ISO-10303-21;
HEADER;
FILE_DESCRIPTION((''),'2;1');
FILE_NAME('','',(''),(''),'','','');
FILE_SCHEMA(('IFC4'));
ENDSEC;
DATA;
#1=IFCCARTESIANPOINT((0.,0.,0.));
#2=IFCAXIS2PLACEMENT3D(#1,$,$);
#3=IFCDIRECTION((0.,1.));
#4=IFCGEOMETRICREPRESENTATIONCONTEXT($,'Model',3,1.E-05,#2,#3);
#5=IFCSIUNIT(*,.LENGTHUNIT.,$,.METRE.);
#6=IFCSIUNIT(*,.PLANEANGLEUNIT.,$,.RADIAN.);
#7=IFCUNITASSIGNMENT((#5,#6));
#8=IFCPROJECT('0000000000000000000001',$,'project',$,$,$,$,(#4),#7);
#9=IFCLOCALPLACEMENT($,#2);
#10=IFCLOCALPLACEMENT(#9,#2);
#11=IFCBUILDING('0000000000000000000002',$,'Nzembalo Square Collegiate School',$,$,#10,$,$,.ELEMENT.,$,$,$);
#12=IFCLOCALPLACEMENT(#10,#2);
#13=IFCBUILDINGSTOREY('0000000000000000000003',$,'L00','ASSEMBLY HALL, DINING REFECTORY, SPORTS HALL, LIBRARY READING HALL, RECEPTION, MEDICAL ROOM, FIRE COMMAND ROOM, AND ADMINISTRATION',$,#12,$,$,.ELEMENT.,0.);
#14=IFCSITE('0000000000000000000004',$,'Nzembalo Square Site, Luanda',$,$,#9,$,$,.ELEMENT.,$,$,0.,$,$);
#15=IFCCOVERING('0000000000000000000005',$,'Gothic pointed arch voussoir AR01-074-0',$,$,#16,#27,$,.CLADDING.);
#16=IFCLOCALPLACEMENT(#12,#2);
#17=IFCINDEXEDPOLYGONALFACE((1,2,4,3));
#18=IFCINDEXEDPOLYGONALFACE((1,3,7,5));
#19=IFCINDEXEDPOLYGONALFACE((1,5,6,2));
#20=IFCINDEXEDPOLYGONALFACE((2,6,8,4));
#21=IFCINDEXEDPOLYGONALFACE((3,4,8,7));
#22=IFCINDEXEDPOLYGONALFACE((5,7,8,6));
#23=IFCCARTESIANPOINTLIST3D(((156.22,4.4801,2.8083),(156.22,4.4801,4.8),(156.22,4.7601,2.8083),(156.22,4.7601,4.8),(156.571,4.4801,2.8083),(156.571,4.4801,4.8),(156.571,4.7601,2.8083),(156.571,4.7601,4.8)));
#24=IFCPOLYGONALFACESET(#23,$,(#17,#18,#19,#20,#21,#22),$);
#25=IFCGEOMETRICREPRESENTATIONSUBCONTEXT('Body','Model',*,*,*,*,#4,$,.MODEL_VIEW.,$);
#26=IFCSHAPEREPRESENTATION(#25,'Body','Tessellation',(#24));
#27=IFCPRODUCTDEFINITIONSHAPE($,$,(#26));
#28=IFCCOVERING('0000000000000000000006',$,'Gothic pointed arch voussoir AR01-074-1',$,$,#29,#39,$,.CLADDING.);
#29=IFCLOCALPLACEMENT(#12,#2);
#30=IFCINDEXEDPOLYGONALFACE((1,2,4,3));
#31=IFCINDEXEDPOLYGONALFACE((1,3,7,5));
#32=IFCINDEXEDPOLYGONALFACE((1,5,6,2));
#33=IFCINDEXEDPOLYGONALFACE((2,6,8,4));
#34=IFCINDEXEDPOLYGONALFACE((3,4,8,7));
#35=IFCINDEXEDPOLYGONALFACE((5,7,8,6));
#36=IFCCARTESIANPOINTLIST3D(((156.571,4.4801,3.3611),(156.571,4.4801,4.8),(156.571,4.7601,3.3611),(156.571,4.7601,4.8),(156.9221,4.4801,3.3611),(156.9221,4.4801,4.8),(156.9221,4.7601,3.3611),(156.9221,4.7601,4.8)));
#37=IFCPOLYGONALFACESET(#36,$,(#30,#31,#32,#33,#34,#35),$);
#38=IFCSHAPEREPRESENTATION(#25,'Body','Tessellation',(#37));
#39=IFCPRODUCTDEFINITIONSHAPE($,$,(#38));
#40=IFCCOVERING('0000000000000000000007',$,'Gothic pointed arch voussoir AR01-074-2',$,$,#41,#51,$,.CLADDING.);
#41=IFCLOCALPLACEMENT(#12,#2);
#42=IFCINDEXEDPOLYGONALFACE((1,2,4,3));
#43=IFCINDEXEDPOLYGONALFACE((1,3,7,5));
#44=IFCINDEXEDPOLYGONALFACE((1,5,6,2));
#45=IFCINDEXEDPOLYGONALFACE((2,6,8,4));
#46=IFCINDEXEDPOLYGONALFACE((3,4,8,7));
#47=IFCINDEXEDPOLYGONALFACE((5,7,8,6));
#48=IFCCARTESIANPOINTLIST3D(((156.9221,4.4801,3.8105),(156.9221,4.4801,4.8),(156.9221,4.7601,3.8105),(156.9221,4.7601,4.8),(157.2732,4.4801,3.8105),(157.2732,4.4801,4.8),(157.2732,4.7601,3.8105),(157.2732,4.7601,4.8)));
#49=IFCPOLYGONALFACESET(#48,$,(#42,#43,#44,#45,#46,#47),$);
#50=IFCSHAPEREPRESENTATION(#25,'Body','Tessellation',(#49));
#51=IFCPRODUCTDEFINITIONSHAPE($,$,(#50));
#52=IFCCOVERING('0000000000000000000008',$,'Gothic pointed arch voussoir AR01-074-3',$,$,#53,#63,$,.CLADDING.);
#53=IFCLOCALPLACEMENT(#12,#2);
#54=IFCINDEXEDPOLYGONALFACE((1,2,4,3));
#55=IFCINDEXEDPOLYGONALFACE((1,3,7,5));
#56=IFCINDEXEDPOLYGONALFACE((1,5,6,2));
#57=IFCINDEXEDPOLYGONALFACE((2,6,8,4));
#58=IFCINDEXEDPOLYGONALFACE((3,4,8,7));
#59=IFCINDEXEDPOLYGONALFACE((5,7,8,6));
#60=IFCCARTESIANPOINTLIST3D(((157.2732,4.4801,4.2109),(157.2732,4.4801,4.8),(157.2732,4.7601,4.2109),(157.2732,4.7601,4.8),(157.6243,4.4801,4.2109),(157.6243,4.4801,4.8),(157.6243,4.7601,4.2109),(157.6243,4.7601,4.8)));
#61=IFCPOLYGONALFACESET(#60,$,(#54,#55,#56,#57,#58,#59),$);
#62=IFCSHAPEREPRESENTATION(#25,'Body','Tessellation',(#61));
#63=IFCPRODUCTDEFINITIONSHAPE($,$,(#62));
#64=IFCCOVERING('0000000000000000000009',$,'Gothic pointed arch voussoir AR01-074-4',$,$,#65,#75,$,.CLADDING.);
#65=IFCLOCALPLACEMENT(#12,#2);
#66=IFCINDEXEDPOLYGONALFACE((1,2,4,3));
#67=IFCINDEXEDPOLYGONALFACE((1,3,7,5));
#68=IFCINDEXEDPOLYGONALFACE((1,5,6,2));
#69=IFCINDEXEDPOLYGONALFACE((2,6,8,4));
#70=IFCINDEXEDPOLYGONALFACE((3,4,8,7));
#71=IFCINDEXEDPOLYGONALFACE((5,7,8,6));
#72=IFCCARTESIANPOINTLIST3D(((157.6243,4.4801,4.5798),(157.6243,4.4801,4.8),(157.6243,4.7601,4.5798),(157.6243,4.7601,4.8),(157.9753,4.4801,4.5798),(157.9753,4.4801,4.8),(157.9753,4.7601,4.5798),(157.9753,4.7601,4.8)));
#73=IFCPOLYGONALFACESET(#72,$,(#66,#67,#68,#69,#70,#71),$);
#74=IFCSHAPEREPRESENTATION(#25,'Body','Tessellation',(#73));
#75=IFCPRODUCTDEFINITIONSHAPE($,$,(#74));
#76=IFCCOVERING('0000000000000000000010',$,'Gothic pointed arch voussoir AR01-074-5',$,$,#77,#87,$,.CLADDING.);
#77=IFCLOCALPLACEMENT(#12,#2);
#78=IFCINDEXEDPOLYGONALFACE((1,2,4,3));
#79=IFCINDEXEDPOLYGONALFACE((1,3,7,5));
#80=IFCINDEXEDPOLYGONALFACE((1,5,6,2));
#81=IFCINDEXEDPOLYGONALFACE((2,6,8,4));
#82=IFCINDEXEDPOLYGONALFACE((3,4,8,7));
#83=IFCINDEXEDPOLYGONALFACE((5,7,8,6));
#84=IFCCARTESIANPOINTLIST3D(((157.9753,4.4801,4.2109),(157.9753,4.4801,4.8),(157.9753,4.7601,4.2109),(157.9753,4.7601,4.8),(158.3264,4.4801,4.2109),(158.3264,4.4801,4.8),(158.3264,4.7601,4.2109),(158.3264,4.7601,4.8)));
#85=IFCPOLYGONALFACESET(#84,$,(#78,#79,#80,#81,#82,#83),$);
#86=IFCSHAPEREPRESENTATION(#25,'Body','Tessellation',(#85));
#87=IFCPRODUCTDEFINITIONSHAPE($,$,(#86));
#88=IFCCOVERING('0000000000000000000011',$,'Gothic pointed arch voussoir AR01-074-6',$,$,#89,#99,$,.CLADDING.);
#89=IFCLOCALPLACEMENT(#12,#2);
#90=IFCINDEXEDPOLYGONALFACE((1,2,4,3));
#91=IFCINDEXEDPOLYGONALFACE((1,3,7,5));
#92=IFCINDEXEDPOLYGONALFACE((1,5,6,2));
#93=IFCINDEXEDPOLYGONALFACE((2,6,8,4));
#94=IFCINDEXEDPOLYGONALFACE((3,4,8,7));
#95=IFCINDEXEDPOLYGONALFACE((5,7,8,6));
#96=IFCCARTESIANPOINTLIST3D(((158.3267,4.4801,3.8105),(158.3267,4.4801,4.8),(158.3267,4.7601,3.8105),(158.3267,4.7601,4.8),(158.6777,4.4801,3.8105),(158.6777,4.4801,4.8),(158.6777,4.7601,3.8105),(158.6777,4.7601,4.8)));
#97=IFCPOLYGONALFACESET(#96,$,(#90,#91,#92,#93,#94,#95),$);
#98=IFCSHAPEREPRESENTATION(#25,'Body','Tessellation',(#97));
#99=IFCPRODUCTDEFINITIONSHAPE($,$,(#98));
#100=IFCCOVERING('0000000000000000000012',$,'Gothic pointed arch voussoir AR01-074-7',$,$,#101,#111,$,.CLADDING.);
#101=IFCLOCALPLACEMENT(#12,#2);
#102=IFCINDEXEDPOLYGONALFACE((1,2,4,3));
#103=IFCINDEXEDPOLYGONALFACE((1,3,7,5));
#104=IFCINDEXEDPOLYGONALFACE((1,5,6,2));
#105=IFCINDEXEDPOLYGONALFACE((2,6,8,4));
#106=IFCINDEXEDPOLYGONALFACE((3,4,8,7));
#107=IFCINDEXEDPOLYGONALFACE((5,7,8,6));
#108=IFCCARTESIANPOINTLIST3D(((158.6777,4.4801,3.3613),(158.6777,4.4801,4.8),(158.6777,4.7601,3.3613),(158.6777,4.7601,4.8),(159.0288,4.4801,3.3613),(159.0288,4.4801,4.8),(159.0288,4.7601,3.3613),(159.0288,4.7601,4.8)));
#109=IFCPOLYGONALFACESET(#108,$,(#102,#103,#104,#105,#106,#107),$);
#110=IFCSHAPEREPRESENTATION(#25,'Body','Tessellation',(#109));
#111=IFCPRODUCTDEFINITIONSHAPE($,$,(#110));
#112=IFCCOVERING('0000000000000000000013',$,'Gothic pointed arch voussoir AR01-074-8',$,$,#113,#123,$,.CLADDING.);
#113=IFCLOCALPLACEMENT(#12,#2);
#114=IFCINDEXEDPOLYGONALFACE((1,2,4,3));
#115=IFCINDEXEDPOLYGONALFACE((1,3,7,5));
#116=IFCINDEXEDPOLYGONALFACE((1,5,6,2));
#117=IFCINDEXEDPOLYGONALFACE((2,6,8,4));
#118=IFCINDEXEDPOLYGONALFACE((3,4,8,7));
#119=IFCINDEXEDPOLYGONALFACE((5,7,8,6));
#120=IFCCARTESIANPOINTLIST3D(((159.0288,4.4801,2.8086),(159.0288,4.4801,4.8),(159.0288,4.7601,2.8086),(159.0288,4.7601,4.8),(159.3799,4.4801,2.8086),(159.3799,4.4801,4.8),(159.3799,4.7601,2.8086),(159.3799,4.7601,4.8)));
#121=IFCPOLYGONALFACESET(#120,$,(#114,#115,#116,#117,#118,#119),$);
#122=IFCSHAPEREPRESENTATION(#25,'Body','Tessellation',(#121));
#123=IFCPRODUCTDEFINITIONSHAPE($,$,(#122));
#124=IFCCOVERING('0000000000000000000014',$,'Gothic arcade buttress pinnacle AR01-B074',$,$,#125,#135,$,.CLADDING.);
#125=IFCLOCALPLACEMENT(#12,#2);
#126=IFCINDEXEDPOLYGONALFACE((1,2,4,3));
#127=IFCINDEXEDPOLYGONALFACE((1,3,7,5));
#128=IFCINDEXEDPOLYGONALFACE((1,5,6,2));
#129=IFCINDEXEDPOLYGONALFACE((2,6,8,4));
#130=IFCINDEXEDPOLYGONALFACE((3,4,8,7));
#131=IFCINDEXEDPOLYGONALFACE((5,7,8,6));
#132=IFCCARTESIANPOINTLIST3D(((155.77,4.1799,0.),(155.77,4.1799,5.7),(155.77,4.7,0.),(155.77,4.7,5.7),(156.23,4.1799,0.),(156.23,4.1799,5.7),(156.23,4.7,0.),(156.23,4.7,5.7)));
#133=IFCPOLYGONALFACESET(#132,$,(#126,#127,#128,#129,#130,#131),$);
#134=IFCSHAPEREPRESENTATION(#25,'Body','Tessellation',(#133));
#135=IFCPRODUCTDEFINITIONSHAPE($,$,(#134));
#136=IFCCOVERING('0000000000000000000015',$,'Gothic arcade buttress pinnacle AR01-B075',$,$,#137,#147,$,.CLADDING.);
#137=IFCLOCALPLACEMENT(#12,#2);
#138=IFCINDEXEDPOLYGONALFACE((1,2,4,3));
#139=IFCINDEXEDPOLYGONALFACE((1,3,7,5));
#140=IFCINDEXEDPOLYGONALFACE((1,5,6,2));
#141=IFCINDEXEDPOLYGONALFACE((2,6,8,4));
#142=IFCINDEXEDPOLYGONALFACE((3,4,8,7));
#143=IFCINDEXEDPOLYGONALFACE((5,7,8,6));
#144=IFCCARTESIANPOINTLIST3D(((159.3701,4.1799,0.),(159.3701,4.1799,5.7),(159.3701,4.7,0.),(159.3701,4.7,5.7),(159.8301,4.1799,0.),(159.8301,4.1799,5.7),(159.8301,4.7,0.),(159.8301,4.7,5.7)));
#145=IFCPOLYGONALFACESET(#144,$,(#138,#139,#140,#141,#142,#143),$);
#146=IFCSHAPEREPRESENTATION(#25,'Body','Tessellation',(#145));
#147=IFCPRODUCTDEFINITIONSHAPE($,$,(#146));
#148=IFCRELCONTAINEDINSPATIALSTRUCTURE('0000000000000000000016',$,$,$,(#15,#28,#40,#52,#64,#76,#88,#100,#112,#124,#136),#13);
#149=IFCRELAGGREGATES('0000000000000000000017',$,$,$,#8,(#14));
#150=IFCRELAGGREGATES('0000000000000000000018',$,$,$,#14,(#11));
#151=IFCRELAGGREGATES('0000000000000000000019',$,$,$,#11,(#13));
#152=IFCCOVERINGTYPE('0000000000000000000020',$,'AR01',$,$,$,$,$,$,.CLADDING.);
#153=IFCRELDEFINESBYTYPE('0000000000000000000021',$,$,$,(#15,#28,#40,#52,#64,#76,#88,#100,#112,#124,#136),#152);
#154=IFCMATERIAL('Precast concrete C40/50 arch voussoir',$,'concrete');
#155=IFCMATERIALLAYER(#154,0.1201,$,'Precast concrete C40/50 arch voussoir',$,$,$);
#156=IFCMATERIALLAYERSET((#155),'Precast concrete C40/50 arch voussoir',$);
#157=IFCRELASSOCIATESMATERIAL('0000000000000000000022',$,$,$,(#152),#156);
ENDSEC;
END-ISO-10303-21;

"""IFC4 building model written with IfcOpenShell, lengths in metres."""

from ifc_helpers import new_model, si_unit, direction, frame, origin, origin_2d, place, context, subcontext, project, spatial, rectangle, extrude, material, layer, layer_set, type_object, element, save


model = new_model("IFC4")

# Units and contexts
model_context = context("Model", 3, precision=1e-05, world=origin(), true_north=direction((0.0, 1.0)))
body_context = subcontext(model_context, "Body", "Model", "MODEL_VIEW")
ifc_project = project(units=[si_unit("LENGTHUNIT", "METRE"), si_unit("PLANEANGLEUNIT", "RADIAN")], contexts=[model_context])

# Site, building, storey
site_placement = place(None, origin())
site = spatial("IfcSite", under=ifc_project, at=site_placement, Name="Nzembalo Square Site, Luanda", CompositionType="ELEMENT", RefElevation=0.0)
building_placement = place(site_placement, origin())
building = spatial("IfcBuilding", under=site, at=building_placement, Name="Nzembalo Square Collegiate School", CompositionType="ELEMENT")
storey_placement = place(building_placement, origin())
storey = spatial("IfcBuildingStorey", under=building, at=storey_placement, Name="L00", Description="ASSEMBLY HALL, DINING REFECTORY, SPORTS HALL, LIBRARY READING HALL, RECEPTION, MEDICAL ROOM, FIRE COMMAND ROOM, AND ADMINISTRATION", CompositionType="ELEMENT", Elevation=0.0)

# Coverings
ifc_material = material(Name="Precast concrete C40/50 arch voussoir", Category="concrete")
ifc_layer = layer(ifc_material, 0.1201, Name="Precast concrete C40/50 arch voussoir")
ifc_layer_set = layer_set([ifc_layer], Name="Precast concrete C40/50 arch voussoir")
covering_type = type_object("IfcCoveringType", Name="AR01", PredefinedType="CLADDING", material=ifc_layer_set)
covering_1_placement = place(storey_placement, frame((156.3955, 4.6201, 2.8083), z_axis=(0.0, 0.0, 1.0), x_axis=(1.0, 0.0, 0.0)))
element("IfcCovering", 1, at=covering_1_placement, inside=storey, type_object=covering_type, Name="Gothic pointed arch voussoir AR01-074-0", PredefinedType="CLADDING", context=body_context, shape_type="SweptSolid", body=[
    extrude(rectangle(XDim=0.3511, YDim=0.28, at=origin_2d()), origin(), (0.0, 0.0, 1.0), 1.9917),
])
covering_2_placement = place(storey_placement, frame((156.7466, 4.6201, 3.3611), z_axis=(0.0, 0.0, 1.0), x_axis=(1.0, 0.0, 0.0)))
element("IfcCovering", 2, at=covering_2_placement, inside=storey, type_object=covering_type, Name="Gothic pointed arch voussoir AR01-074-1", PredefinedType="CLADDING", context=body_context, shape_type="SweptSolid", body=[
    extrude(rectangle(XDim=0.3511, YDim=0.28, at=origin_2d()), origin(), (0.0, 0.0, 1.0), 1.439),
])
covering_3_placement = place(storey_placement, frame((157.0977, 4.6201, 3.8105), z_axis=(0.0, 0.0, 1.0), x_axis=(1.0, 0.0, 0.0)))
element("IfcCovering", 3, at=covering_3_placement, inside=storey, type_object=covering_type, Name="Gothic pointed arch voussoir AR01-074-2", PredefinedType="CLADDING", context=body_context, shape_type="SweptSolid", body=[
    extrude(rectangle(XDim=0.3511, YDim=0.28, at=origin_2d()), origin(), (0.0, 0.0, 1.0), 0.9895),
])
covering_4_placement = place(storey_placement, frame((157.4487, 4.6201, 4.2109), z_axis=(0.0, 0.0, 1.0), x_axis=(1.0, 0.0, 0.0)))
element("IfcCovering", 4, at=covering_4_placement, inside=storey, type_object=covering_type, Name="Gothic pointed arch voussoir AR01-074-3", PredefinedType="CLADDING", context=body_context, shape_type="SweptSolid", body=[
    extrude(rectangle(XDim=0.3511, YDim=0.28, at=origin_2d()), origin(), (0.0, 0.0, 1.0), 0.5891),
])
covering_5_placement = place(storey_placement, frame((157.7998, 4.6201, 4.5798), z_axis=(0.0, 0.0, 1.0), x_axis=(1.0, 0.0, 0.0)))
element("IfcCovering", 5, at=covering_5_placement, inside=storey, type_object=covering_type, Name="Gothic pointed arch voussoir AR01-074-4", PredefinedType="CLADDING", context=body_context, shape_type="SweptSolid", body=[
    extrude(rectangle(XDim=0.3511, YDim=0.28, at=origin_2d()), origin(), (0.0, 0.0, 1.0), 0.2202),
])
covering_6_placement = place(storey_placement, frame((158.1509, 4.6201, 4.2109), z_axis=(0.0, 0.0, 1.0), x_axis=(1.0, 0.0, 0.0)))
element("IfcCovering", 6, at=covering_6_placement, inside=storey, type_object=covering_type, Name="Gothic pointed arch voussoir AR01-074-5", PredefinedType="CLADDING", context=body_context, shape_type="SweptSolid", body=[
    extrude(rectangle(XDim=0.3511, YDim=0.28, at=origin_2d()), origin(), (0.0, 0.0, 1.0), 0.5891),
])
covering_7_placement = place(storey_placement, frame((158.5022, 4.6201, 3.8105), z_axis=(0.0, 0.0, 1.0), x_axis=(1.0, 0.0, 0.0)))
element("IfcCovering", 7, at=covering_7_placement, inside=storey, type_object=covering_type, Name="Gothic pointed arch voussoir AR01-074-6", PredefinedType="CLADDING", context=body_context, shape_type="SweptSolid", body=[
    extrude(rectangle(XDim=0.3511, YDim=0.28, at=origin_2d()), origin(), (0.0, 0.0, 1.0), 0.9895),
])
covering_8_placement = place(storey_placement, frame((158.8533, 4.6201, 3.3613), z_axis=(0.0, 0.0, 1.0), x_axis=(1.0, 0.0, 0.0)))
element("IfcCovering", 8, at=covering_8_placement, inside=storey, type_object=covering_type, Name="Gothic pointed arch voussoir AR01-074-7", PredefinedType="CLADDING", context=body_context, shape_type="SweptSolid", body=[
    extrude(rectangle(XDim=0.3511, YDim=0.28, at=origin_2d()), origin(), (0.0, 0.0, 1.0), 1.4387),
])
covering_9_placement = place(storey_placement, frame((159.2043, 4.6201, 2.8086), z_axis=(0.0, 0.0, 1.0), x_axis=(1.0, 0.0, 0.0)))
element("IfcCovering", 9, at=covering_9_placement, inside=storey, type_object=covering_type, Name="Gothic pointed arch voussoir AR01-074-8", PredefinedType="CLADDING", context=body_context, shape_type="SweptSolid", body=[
    extrude(rectangle(XDim=0.3511, YDim=0.28, at=origin_2d()), origin(), (0.0, 0.0, 1.0), 1.9915),
])
for number, where, z_axis, x_axis, name in (
    (10, (156.0, 4.4399, 0.0), (0.0, 0.0, 1.0), (1.0, 0.0, 0.0), "Gothic arcade buttress pinnacle AR01-B074"),
    (11, (159.6001, 4.4399, 0.0), (0.0, 0.0, 1.0), (1.0, 0.0, 0.0), "Gothic arcade buttress pinnacle AR01-B075"),
):
    element("IfcCovering", number, at=place(storey_placement, frame(where, z_axis=z_axis, x_axis=x_axis)), inside=storey, type_object=covering_type, Name=name, PredefinedType="CLADDING", context=body_context, shape_type="SweptSolid", body=[
        extrude(rectangle(XDim=0.46, YDim=0.52, at=origin_2d()), origin(), (0.0, 0.0, 1.0), 5.7),
    ])

save(model, "model.ifc")
